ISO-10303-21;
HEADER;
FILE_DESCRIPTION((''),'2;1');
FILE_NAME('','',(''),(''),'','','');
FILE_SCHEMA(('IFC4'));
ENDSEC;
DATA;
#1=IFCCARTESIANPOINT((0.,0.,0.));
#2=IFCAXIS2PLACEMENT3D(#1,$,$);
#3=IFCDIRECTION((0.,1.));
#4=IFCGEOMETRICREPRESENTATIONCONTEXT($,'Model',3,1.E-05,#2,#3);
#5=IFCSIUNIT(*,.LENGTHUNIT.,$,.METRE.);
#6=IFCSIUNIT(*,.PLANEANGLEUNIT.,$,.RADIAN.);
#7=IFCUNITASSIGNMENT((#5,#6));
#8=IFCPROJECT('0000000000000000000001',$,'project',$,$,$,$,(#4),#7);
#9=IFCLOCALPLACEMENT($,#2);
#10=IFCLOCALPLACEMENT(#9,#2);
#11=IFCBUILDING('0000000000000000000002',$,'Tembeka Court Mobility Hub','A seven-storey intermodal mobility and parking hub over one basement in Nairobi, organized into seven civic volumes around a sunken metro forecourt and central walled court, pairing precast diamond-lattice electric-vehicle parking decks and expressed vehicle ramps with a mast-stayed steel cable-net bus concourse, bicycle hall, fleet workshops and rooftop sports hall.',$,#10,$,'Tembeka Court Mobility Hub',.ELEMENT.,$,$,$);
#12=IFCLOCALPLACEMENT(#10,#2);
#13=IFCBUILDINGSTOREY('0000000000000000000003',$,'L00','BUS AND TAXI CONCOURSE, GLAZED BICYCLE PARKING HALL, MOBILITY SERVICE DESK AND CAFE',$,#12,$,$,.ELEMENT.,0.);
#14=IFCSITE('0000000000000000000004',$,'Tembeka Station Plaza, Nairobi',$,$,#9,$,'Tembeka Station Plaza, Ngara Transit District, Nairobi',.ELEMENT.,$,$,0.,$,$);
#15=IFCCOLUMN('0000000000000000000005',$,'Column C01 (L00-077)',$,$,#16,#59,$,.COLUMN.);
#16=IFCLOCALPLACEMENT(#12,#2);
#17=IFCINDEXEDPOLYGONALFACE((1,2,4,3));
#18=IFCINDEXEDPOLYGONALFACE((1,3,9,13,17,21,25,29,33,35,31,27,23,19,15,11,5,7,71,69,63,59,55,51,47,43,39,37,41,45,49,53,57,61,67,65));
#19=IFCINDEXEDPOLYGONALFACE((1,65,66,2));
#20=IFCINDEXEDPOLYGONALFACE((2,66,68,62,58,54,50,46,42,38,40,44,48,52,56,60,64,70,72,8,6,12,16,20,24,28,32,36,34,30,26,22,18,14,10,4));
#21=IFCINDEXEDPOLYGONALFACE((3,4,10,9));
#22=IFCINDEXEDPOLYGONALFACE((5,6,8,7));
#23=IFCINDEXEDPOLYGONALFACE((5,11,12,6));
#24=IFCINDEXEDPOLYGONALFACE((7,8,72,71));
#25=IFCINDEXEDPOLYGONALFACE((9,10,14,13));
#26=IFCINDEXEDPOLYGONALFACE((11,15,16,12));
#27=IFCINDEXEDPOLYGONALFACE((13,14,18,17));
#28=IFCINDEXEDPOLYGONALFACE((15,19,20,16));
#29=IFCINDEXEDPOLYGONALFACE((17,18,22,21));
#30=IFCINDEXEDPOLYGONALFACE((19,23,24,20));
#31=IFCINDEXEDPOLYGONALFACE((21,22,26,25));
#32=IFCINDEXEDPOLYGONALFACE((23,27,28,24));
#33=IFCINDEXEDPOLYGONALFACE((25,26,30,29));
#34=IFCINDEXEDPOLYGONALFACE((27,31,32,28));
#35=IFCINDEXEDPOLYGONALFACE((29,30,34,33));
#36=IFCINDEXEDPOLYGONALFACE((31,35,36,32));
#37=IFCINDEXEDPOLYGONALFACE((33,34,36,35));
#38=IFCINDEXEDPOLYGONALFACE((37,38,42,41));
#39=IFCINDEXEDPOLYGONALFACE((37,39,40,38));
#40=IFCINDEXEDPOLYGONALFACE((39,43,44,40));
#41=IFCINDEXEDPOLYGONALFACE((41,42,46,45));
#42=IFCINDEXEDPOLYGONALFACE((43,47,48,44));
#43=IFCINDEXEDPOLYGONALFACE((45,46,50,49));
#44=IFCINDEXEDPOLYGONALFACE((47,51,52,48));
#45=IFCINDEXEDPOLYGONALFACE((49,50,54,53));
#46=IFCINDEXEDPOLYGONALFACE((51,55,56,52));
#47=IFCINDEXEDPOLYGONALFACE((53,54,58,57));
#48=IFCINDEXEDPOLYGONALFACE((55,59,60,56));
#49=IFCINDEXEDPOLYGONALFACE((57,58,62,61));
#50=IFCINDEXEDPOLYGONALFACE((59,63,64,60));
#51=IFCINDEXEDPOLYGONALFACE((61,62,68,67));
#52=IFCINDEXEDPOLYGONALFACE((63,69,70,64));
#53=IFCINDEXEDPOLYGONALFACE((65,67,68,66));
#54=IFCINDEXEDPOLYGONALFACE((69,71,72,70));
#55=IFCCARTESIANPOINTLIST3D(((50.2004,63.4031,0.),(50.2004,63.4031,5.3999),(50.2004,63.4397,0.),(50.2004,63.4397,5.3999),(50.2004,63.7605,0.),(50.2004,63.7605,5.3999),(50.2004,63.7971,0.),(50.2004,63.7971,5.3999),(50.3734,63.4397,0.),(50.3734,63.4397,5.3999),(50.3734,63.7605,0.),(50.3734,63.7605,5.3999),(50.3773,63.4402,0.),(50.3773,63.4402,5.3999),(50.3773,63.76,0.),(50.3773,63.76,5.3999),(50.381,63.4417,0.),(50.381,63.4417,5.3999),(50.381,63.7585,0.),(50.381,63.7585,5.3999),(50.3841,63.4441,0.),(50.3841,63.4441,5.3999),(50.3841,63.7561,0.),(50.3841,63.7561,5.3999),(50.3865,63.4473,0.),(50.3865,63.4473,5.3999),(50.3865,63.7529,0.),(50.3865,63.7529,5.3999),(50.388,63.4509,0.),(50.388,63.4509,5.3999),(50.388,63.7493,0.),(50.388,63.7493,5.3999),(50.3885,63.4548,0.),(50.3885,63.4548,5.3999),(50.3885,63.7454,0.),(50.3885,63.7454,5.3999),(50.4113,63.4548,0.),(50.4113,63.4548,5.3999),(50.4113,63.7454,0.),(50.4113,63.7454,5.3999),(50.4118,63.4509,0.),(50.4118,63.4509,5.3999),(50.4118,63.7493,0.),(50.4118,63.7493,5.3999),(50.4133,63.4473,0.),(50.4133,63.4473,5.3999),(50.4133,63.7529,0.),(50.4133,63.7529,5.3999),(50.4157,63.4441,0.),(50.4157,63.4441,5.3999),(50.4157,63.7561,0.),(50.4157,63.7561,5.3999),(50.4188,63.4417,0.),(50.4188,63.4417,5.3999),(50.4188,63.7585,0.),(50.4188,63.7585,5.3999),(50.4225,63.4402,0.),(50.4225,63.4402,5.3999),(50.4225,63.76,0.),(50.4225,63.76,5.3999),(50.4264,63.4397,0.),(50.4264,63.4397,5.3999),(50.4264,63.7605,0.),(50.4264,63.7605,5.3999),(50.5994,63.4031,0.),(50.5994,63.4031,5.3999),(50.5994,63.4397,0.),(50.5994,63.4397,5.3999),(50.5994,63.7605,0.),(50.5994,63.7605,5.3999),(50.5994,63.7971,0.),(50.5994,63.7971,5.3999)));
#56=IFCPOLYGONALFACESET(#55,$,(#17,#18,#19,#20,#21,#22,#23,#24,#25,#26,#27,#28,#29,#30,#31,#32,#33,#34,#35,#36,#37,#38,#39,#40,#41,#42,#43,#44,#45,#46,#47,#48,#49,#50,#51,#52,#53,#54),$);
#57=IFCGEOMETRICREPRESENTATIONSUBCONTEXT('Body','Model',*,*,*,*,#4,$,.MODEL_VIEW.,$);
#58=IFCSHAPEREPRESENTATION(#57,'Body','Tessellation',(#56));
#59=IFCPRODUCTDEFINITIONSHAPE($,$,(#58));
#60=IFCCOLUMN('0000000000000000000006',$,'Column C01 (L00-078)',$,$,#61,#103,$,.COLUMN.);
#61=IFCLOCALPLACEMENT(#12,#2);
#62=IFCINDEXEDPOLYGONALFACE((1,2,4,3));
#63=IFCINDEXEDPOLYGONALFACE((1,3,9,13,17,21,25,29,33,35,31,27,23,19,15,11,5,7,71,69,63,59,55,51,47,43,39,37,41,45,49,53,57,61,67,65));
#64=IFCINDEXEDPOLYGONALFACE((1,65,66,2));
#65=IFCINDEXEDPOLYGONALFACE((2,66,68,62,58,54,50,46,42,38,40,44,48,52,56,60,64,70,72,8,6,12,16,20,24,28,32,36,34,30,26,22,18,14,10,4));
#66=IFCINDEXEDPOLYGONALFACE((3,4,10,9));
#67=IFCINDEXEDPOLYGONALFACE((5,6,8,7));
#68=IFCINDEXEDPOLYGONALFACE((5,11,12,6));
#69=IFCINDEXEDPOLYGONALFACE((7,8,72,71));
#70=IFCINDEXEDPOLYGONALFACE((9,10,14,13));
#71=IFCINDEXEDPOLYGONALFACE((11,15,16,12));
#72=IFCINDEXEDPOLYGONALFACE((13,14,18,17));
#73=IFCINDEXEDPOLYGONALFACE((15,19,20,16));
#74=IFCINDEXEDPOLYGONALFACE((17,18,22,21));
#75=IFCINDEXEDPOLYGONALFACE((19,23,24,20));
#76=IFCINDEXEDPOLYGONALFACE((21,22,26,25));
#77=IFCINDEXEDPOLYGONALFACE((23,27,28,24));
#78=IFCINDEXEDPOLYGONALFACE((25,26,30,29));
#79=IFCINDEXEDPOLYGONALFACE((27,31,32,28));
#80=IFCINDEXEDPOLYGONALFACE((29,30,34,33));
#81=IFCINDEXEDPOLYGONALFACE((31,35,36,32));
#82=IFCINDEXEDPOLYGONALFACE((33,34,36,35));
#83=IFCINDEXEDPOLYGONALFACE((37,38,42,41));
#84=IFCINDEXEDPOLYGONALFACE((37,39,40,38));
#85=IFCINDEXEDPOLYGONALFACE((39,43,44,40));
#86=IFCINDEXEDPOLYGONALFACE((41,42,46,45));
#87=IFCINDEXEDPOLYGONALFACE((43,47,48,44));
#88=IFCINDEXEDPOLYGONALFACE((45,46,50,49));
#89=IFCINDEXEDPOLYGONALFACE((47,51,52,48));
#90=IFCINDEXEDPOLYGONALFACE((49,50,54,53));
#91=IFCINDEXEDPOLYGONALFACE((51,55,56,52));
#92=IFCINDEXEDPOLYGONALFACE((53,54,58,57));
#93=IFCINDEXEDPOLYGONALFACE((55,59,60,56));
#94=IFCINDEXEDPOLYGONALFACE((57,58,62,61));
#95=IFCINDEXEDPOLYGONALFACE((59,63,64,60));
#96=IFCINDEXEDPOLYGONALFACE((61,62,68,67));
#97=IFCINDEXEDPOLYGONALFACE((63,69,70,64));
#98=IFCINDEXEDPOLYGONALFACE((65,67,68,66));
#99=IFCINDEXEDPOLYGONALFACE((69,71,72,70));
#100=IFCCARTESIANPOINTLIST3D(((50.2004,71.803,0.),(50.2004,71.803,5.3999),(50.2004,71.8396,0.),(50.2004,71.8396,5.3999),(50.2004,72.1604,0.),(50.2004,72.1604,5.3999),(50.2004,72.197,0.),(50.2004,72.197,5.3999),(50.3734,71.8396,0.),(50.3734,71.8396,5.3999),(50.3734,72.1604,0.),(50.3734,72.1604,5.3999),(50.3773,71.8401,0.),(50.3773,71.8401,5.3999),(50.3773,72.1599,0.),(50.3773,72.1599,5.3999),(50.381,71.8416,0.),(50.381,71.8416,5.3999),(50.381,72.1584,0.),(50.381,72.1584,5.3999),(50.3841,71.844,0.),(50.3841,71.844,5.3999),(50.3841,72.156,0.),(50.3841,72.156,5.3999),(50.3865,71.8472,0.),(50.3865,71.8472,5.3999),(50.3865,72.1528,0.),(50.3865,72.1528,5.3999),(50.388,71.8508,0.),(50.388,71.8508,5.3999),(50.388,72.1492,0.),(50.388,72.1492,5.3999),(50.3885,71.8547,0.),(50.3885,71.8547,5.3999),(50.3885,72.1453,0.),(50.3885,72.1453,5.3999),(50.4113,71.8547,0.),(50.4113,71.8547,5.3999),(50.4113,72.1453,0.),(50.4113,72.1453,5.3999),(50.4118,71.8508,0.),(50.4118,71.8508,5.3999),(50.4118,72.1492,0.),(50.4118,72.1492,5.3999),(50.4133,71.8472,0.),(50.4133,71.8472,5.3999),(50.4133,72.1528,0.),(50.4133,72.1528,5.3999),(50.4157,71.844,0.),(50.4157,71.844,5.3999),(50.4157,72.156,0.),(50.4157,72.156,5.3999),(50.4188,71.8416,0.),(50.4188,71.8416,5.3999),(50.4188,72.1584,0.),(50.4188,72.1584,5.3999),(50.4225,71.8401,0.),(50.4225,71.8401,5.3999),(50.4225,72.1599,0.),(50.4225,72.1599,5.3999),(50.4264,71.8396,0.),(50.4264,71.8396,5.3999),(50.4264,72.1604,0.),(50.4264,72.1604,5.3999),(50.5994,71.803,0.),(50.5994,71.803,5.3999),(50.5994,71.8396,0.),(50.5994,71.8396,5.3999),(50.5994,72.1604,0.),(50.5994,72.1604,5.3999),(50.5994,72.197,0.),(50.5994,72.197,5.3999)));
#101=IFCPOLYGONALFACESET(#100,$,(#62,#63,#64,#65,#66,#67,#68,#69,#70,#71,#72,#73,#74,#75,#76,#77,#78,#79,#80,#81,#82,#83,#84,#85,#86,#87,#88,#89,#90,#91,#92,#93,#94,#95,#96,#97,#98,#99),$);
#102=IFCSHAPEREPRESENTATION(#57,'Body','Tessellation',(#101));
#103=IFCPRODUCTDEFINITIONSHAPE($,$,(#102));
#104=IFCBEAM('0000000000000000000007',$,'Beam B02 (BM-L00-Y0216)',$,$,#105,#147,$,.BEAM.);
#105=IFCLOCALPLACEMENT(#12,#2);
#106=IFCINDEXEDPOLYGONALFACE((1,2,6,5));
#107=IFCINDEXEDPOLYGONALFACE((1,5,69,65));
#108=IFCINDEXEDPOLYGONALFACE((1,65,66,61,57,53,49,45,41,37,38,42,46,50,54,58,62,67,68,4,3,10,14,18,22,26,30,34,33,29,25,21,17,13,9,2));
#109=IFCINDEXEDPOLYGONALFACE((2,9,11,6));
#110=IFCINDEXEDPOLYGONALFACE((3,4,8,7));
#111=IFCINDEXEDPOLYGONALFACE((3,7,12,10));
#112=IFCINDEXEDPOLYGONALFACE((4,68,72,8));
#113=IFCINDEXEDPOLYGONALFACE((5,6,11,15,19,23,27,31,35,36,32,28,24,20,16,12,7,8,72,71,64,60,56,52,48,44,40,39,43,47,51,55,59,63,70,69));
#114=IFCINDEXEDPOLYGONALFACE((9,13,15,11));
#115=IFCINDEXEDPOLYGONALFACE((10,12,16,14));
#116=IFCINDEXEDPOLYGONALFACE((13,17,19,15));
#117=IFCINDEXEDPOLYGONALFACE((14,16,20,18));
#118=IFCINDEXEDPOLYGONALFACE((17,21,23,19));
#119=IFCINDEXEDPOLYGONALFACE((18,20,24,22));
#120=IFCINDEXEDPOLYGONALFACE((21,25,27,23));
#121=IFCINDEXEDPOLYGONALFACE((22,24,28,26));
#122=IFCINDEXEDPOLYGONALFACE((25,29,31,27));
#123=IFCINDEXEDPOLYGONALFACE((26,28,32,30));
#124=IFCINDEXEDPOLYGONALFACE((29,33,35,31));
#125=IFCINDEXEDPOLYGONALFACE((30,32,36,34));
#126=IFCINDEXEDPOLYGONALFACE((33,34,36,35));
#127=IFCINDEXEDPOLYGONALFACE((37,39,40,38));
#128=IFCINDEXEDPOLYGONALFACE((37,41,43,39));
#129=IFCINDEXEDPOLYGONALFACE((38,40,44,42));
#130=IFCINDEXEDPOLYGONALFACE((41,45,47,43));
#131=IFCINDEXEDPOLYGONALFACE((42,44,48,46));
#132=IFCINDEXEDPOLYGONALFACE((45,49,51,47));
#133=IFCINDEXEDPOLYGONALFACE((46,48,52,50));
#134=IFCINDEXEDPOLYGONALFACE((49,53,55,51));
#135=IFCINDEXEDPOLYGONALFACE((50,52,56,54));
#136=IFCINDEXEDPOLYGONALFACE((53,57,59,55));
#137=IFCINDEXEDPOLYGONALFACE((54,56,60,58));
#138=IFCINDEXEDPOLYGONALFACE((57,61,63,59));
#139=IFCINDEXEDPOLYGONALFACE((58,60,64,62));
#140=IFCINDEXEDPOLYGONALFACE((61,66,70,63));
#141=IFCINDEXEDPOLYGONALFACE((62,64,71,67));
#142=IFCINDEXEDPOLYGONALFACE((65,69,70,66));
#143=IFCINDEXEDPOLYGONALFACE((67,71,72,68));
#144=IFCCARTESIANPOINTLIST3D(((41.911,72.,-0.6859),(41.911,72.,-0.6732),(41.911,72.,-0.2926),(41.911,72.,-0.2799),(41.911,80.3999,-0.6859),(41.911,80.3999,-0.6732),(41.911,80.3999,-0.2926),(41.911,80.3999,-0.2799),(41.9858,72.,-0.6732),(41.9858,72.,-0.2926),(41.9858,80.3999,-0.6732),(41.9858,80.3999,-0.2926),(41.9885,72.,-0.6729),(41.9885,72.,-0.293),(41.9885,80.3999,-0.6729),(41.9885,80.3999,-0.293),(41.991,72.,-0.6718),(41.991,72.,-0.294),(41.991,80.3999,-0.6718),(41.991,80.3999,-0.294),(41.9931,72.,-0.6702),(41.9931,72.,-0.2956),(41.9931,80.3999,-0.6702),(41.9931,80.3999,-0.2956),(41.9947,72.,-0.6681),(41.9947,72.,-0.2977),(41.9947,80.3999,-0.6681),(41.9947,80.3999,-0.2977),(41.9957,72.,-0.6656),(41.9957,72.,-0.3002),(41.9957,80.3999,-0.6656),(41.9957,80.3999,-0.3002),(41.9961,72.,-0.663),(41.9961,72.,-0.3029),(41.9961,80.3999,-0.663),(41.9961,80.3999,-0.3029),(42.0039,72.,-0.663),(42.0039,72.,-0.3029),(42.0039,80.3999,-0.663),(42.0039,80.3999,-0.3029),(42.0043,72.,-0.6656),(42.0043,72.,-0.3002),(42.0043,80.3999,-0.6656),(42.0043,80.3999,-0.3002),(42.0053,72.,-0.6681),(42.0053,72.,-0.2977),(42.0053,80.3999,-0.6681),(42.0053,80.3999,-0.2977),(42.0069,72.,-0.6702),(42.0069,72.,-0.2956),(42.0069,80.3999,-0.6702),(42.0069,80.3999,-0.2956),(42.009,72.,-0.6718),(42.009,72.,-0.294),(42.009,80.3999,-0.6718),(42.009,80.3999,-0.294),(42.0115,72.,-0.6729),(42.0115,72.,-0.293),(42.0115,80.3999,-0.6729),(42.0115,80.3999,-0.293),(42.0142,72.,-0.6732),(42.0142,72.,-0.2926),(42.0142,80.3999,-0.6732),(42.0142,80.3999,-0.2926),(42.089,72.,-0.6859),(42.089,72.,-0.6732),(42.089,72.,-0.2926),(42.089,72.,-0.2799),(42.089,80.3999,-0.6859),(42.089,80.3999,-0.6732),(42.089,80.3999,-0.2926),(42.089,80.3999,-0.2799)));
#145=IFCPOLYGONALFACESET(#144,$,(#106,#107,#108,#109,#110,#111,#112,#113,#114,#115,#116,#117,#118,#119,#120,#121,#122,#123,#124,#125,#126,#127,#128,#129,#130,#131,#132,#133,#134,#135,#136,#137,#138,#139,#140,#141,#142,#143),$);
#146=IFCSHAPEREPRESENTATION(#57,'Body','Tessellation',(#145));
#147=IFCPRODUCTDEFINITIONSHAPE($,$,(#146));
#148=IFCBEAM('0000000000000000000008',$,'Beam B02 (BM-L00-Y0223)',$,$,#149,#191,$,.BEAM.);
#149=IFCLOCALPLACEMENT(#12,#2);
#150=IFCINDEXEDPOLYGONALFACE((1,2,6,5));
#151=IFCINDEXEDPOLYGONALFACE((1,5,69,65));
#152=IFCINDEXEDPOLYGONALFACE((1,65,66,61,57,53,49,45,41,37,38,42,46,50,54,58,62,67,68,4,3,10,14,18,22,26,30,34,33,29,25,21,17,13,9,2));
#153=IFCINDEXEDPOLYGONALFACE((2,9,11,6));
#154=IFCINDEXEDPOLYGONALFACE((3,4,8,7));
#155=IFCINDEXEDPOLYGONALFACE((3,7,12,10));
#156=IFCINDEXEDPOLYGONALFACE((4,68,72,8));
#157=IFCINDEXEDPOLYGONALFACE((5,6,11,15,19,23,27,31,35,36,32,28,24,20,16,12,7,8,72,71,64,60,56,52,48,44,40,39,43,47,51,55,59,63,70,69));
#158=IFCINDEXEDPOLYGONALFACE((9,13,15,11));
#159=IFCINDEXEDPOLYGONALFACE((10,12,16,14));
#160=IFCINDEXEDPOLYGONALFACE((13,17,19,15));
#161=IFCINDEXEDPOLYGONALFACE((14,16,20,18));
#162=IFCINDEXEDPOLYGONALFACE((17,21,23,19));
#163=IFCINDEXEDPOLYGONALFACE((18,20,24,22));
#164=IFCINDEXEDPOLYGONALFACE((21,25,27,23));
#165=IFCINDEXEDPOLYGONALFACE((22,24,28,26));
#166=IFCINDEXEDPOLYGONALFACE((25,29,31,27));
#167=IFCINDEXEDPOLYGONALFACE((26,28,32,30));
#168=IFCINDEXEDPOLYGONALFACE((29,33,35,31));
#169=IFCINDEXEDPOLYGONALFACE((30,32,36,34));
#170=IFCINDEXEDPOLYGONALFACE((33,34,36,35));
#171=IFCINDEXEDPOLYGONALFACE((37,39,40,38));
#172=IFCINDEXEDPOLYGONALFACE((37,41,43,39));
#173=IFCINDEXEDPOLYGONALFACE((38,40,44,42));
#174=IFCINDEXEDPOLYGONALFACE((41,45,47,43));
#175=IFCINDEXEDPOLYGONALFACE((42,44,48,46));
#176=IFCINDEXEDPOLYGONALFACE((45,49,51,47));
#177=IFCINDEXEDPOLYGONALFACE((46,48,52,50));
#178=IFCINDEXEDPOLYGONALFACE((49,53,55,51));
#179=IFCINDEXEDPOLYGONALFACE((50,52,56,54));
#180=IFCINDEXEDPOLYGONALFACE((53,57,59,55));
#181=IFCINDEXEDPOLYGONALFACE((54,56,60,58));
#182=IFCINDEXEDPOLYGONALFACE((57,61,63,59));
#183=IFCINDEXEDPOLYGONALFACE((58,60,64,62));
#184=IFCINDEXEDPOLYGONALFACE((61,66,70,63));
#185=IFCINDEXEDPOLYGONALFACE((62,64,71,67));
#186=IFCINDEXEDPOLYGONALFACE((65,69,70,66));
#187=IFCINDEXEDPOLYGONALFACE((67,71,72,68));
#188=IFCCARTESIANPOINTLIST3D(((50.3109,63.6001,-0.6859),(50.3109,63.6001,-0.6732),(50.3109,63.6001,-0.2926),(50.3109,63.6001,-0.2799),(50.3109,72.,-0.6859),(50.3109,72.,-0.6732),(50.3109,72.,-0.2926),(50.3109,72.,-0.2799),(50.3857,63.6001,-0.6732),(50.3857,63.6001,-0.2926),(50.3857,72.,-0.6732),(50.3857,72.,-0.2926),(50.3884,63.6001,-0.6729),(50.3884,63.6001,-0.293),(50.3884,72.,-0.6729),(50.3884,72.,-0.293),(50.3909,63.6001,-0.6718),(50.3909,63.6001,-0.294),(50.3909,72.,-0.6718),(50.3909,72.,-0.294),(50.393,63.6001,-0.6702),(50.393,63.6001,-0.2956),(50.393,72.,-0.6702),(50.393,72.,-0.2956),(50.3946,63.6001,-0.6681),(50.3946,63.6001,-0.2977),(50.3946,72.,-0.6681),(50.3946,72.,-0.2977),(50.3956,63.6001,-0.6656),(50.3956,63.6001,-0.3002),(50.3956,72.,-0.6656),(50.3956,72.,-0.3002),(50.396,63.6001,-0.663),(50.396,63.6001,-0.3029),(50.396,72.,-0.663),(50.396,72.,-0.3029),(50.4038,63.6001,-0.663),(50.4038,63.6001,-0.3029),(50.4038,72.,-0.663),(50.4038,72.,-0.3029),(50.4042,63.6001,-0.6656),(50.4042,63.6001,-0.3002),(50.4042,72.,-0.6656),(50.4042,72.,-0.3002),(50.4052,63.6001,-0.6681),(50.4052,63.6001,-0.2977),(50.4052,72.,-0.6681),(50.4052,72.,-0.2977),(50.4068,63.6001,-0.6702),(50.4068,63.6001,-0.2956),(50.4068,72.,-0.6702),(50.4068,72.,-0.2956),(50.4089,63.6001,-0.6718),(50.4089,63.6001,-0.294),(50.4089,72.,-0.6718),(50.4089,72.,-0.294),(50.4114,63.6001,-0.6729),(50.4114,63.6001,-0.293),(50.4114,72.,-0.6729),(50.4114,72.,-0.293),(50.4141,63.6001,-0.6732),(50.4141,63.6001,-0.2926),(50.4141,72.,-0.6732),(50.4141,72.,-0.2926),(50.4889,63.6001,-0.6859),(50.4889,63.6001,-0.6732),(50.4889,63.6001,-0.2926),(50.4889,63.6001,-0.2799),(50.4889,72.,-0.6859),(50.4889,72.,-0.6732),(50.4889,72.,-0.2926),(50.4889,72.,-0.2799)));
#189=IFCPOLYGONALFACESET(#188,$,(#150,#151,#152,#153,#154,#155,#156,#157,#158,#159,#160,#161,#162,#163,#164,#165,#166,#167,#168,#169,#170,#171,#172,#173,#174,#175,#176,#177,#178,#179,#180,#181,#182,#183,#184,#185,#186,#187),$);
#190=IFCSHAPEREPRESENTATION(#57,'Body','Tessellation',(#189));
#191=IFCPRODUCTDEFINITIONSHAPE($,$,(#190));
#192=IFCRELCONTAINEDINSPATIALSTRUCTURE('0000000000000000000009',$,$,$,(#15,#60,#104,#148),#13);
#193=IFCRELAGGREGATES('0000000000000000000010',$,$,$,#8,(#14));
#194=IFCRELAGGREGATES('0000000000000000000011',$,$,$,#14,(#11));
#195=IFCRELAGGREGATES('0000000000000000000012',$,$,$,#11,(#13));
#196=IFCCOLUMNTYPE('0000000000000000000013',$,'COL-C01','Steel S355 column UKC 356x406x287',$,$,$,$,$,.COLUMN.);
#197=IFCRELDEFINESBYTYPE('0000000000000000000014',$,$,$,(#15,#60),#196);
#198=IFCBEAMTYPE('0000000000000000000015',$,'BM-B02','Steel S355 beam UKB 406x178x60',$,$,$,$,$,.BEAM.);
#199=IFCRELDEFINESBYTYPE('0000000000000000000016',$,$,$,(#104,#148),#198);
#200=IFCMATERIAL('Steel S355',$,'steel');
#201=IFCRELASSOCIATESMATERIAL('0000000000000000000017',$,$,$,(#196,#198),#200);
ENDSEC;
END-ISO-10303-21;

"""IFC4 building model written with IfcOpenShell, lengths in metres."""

from ifc_helpers import new_model, si_unit, direction, frame, origin, origin_2d, place, context, subcontext, project, spatial, i_section, extrude, material, material_profile, profile_set, type_object, element, save


model = new_model("IFC4")

# Units and contexts
model_context = context("Model", 3, precision=1e-05, world=origin(), true_north=direction((0.0, 1.0)))
body_context = subcontext(model_context, "Body", "Model", "MODEL_VIEW")
ifc_project = project(units=[si_unit("LENGTHUNIT", "METRE"), si_unit("PLANEANGLEUNIT", "RADIAN")], contexts=[model_context])

# Site, building, storey
site_placement = place(None, origin())
site = spatial("IfcSite", under=ifc_project, at=site_placement, Name="Tembeka Station Plaza, Nairobi", LongName="Tembeka Station Plaza, Ngara Transit District, Nairobi", CompositionType="ELEMENT", RefElevation=0.0)
building_placement = place(site_placement, origin())
building = spatial("IfcBuilding", under=site, at=building_placement, Name="Tembeka Court Mobility Hub", Description="A seven-storey intermodal mobility and parking hub over one basement in Nairobi, organized into seven civic volumes around a sunken metro forecourt and central walled court, pairing precast diamond-lattice electric-vehicle parking decks and expressed vehicle ramps with a mast-stayed steel cable-net bus concourse, bicycle hall, fleet workshops and rooftop sports hall.", LongName="Tembeka Court Mobility Hub", CompositionType="ELEMENT")
storey_placement = place(building_placement, origin())
storey = spatial("IfcBuildingStorey", under=building, at=storey_placement, Name="L00", Description="BUS AND TAXI CONCOURSE, GLAZED BICYCLE PARKING HALL, MOBILITY SERVICE DESK AND CAFE", CompositionType="ELEMENT", Elevation=0.0)

# Columns
ifc_material_1 = material(Name="Steel S355", Category="steel")
ifc_material_profile_1 = material_profile(ifc_material_1, i_section(OverallWidth=0.3989, OverallDepth=0.394, WebThickness=0.0227, FlangeThickness=0.0366, FilletRadius=0.0151, at=origin_2d()), Name="UKC 356x406x287")
ifc_profile_set_1 = profile_set([ifc_material_profile_1], Name="Steel S355")
column_type = type_object("IfcColumnType", Name="COL-C01", Description="Steel S355 column UKC 356x406x287", PredefinedType="COLUMN", material=ifc_profile_set_1)
for number, where, z_axis, x_axis, name in (
    (1, (50.3999, 63.6001, 0.0), (0.0, 0.0, 1.0), (1.0, 0.0, 0.0), "Column C01 (L00-077)"),
    (2, (50.3999, 72.0, 0.0), (0.0, 0.0, 1.0), (1.0, 0.0, 0.0), "Column C01 (L00-078)"),
):
    element("IfcColumn", number, at=place(storey_placement, frame(where, z_axis=z_axis, x_axis=x_axis)), inside=storey, type_object=column_type, Name=name, PredefinedType="COLUMN", context=body_context, shape_type="SweptSolid", body=[
        extrude(i_section(OverallWidth=0.3989, OverallDepth=0.394, WebThickness=0.0227, FlangeThickness=0.0366, FilletRadius=0.0151, at=origin_2d()), origin(), (0.0, 0.0, 1.0), 5.3999),
    ])

# Beams
ifc_material_profile_2 = material_profile(ifc_material_1, i_section(OverallWidth=0.178, OverallDepth=0.406, WebThickness=0.0078, FlangeThickness=0.0127, FilletRadius=0.0103, at=origin_2d()), Name="UKB 406x178x60")
ifc_profile_set_2 = profile_set([ifc_material_profile_2], Name="Steel S355")
beam_type_1 = type_object("IfcBeamType", Name="BM-B02", Description="Steel S355 beam UKB 406x178x60", PredefinedType="BEAM", material=ifc_profile_set_2)
for number, where, z_axis, x_axis, name in (
    (3, (42.0, 72.0, -0.4829), (0.0, 1.0, 0.0), (-1.0, 0.0, 0.0), "Beam B02 (BM-L00-Y0216)"),
    (4, (50.3999, 63.6001, -0.4829), (0.0, 1.0, 0.0), (-1.0, 0.0, 0.0), "Beam B02 (BM-L00-Y0223)"),
):
    element("IfcBeam", number, at=place(storey_placement, frame(where, z_axis=z_axis, x_axis=x_axis)), inside=storey, type_object=beam_type_1, Name=name, PredefinedType="BEAM", context=body_context, shape_type="SweptSolid", body=[
        extrude(i_section(OverallWidth=0.178, OverallDepth=0.406, WebThickness=0.0078, FlangeThickness=0.0127, FilletRadius=0.0103, at=origin_2d()), origin(), (0.0, 0.0, 1.0), 8.3999),
    ])

save(model, "model.ifc")
